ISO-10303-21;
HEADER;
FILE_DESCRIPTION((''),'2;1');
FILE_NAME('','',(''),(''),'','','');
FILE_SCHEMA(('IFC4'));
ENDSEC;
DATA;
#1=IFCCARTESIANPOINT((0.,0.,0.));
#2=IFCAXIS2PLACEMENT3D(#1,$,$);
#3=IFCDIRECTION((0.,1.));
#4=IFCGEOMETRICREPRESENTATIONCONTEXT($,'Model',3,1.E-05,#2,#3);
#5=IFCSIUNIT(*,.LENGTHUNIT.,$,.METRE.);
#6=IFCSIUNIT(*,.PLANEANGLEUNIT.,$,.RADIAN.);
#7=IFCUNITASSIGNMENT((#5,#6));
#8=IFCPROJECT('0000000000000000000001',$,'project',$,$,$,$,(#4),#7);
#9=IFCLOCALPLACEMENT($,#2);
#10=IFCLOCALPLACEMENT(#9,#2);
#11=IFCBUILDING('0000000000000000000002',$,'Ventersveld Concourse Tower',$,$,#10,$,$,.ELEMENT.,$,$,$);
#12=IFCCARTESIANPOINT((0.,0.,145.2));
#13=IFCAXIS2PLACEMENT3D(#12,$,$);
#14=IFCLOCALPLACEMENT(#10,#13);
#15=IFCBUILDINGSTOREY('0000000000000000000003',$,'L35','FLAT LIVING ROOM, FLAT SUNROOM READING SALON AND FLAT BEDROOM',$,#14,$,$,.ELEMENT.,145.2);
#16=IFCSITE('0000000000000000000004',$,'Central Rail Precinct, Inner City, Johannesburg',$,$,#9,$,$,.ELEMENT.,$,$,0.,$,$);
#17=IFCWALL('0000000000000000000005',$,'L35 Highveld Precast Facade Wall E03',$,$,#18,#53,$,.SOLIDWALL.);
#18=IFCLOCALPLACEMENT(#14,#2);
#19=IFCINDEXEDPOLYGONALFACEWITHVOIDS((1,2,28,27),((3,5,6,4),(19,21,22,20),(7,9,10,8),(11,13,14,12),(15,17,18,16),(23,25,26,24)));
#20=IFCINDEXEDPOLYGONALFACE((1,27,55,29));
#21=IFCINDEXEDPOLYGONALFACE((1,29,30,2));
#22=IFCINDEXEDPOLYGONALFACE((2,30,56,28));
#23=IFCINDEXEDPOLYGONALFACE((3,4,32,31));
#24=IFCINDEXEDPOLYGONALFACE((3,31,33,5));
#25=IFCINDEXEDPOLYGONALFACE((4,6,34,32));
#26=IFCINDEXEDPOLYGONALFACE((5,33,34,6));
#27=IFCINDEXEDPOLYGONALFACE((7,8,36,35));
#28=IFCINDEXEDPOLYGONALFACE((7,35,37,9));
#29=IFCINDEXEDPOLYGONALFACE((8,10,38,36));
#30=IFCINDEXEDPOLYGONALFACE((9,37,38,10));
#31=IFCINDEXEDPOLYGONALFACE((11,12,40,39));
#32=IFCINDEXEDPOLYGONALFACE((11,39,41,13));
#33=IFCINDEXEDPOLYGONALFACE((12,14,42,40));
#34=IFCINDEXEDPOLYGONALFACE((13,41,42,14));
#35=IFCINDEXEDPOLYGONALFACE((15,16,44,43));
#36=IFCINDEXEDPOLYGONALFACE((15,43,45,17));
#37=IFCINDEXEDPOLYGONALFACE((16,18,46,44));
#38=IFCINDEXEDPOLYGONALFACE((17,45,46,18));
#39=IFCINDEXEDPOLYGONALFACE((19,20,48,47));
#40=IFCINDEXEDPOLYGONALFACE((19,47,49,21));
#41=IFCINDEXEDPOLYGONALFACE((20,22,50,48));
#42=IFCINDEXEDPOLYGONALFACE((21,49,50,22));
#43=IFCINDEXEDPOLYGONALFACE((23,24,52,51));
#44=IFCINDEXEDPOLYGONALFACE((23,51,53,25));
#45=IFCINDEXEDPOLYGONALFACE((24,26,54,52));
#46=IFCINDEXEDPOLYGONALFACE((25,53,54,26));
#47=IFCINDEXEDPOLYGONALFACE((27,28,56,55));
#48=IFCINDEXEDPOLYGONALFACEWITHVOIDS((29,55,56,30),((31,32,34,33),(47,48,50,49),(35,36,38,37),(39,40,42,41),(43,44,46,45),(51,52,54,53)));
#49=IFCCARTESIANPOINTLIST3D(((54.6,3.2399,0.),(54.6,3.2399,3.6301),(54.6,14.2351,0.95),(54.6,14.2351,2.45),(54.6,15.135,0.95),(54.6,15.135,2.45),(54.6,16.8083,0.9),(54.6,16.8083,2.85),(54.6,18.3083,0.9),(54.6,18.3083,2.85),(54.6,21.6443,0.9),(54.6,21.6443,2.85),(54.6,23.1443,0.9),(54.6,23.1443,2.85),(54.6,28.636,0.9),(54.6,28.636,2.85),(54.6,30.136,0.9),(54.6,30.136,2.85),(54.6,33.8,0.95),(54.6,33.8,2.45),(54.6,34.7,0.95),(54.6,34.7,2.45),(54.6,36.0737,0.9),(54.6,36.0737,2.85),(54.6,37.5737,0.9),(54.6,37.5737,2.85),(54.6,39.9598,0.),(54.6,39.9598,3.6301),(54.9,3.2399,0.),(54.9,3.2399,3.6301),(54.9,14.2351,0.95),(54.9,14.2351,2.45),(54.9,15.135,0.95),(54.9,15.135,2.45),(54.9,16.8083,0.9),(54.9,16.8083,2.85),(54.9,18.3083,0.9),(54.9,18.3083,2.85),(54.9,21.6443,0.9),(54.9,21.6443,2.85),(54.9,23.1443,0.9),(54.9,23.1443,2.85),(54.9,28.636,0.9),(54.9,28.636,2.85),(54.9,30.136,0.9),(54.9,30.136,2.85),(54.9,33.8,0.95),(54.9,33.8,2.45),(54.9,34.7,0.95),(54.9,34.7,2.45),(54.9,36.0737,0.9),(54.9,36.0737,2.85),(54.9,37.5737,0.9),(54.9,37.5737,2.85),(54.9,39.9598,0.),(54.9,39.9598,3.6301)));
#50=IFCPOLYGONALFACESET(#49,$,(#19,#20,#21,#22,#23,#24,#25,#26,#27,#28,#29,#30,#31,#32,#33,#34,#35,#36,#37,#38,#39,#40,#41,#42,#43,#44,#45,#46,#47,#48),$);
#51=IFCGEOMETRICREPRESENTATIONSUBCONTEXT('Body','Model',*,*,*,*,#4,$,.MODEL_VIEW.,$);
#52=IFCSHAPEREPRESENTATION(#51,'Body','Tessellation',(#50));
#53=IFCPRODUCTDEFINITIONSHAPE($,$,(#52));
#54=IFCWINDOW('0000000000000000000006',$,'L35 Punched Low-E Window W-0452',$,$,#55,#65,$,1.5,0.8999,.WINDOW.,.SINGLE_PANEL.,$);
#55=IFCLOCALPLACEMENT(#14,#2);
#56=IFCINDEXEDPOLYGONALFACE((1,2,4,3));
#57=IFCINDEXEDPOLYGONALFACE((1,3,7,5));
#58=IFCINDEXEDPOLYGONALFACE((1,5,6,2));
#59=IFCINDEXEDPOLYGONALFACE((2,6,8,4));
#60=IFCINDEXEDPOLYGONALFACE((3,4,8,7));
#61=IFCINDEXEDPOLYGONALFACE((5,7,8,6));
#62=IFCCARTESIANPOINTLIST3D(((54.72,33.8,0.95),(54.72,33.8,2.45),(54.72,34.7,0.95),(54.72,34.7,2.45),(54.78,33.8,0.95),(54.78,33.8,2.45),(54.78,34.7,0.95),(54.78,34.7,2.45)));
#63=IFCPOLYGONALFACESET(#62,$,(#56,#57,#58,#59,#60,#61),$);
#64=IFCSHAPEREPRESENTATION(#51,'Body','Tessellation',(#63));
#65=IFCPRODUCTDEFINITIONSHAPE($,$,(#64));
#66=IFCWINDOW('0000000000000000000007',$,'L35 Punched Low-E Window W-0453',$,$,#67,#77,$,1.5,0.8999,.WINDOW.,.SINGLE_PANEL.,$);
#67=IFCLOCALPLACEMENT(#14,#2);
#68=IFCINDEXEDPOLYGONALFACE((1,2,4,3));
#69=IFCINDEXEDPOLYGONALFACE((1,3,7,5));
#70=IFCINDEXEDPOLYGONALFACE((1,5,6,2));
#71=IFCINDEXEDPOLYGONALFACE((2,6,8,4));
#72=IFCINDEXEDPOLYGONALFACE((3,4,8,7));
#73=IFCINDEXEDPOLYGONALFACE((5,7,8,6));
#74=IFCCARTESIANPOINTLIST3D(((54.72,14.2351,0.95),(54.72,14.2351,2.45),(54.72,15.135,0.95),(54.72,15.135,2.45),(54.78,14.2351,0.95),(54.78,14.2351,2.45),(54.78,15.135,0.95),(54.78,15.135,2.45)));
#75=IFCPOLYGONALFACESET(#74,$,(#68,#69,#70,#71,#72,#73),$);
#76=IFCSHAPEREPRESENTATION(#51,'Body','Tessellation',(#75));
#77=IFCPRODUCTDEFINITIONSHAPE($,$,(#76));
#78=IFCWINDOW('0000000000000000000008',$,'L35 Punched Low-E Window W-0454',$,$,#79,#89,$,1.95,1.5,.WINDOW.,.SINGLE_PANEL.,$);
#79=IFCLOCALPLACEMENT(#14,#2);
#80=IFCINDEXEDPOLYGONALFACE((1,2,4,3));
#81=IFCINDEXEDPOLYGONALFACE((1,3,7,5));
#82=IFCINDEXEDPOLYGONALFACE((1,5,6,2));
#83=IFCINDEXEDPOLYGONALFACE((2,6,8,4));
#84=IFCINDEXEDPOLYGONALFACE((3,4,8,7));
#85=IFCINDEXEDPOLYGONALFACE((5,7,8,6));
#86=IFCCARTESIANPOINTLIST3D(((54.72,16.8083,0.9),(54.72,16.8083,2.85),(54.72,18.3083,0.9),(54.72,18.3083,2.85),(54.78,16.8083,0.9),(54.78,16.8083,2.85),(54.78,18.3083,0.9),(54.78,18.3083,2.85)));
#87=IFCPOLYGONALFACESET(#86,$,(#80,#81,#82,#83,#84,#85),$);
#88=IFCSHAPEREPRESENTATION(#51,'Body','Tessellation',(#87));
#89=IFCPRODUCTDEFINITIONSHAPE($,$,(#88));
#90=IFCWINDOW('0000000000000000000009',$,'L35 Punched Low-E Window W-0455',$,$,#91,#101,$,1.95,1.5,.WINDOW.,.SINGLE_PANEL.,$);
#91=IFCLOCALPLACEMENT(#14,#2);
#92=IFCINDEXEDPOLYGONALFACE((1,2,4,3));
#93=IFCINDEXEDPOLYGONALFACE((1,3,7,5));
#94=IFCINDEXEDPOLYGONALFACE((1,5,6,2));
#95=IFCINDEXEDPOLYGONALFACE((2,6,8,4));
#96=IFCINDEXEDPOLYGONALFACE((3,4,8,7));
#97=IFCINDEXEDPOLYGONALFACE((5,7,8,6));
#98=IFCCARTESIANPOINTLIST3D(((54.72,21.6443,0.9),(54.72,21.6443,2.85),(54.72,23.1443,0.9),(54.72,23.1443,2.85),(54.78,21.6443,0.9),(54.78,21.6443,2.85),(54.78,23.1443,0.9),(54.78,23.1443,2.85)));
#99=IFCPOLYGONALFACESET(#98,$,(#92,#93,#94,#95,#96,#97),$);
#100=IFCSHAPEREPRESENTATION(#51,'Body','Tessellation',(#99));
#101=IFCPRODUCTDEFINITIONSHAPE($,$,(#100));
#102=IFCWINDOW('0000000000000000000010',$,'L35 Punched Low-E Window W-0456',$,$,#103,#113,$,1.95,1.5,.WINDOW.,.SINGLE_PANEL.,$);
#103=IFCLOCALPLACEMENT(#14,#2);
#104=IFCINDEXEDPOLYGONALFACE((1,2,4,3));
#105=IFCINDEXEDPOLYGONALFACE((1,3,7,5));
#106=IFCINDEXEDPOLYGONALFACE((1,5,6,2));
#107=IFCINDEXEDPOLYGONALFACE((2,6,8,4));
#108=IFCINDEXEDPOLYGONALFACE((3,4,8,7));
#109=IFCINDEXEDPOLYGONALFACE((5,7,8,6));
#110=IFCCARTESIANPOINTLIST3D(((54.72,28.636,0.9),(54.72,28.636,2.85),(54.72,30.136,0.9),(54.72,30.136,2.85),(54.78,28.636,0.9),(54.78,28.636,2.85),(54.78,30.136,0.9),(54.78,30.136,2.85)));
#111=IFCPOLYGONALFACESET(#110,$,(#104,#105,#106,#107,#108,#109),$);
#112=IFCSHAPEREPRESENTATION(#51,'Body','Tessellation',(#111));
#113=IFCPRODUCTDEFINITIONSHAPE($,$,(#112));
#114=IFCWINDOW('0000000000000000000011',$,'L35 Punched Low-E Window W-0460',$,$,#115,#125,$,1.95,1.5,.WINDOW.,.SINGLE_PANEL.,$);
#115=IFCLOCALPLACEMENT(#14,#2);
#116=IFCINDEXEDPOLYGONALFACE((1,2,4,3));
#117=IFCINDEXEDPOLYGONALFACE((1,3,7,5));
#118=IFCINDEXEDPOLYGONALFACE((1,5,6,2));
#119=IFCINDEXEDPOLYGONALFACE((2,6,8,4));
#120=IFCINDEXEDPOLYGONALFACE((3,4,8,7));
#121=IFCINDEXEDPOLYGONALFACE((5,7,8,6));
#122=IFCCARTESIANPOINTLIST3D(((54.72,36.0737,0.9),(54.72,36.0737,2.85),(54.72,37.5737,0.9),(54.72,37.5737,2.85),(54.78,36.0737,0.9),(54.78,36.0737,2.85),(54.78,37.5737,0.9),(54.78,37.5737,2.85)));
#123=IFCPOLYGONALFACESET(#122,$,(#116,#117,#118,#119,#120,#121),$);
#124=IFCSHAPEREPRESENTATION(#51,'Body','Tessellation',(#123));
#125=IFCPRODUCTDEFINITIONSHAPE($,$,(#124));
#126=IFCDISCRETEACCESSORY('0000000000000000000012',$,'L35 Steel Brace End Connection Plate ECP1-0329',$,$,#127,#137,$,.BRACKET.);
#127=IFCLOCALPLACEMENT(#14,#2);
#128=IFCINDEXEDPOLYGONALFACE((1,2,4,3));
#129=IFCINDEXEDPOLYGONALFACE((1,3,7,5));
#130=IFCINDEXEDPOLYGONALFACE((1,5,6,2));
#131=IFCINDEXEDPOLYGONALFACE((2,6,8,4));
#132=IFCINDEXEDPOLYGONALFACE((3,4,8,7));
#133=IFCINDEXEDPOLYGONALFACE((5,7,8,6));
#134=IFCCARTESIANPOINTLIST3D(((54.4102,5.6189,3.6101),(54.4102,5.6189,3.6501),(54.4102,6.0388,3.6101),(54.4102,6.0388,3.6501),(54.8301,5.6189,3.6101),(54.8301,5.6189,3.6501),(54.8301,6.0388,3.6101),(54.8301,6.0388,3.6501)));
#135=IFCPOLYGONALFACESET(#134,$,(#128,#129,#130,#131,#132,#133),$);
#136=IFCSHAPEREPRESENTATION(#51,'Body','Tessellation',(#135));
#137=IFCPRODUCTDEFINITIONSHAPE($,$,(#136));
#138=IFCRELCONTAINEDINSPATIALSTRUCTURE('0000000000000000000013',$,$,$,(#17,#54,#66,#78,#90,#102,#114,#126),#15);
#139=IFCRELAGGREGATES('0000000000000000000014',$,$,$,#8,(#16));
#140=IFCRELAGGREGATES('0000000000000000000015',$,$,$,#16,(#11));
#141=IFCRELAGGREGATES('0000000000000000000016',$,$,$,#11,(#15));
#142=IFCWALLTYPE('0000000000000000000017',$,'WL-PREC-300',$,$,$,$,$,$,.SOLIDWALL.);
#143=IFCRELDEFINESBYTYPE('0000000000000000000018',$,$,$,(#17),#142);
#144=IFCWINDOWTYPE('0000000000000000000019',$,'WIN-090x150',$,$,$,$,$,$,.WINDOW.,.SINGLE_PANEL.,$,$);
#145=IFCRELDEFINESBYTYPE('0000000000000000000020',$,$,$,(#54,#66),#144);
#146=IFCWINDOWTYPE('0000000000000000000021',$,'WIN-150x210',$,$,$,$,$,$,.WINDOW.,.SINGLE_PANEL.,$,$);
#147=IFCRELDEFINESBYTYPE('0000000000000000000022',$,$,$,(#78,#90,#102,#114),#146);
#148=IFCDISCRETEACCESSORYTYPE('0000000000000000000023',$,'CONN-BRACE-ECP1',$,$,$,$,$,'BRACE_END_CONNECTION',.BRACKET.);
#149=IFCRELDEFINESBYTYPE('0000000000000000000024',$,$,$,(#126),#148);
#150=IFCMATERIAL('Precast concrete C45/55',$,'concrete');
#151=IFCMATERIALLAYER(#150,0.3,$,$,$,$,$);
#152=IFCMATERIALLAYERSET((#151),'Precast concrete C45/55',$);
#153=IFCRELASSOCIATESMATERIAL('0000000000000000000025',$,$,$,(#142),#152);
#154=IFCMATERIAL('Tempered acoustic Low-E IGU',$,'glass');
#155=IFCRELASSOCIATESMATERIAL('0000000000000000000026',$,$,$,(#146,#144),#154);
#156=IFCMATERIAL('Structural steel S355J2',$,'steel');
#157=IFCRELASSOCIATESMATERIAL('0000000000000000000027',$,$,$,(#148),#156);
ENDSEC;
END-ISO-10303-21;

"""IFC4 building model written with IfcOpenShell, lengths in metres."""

from ifc_helpers import new_model, si_unit, direction, frame, frame_2d, origin, origin_2d, place, context, subcontext, project, spatial, rectangle, extrude, material, layer, layer_set, type_object, element, fill, save


model = new_model("IFC4")

# Units and contexts
model_context = context("Model", 3, precision=1e-05, world=origin(), true_north=direction((0.0, 1.0)))
body_context = subcontext(model_context, "Body", "Model", "MODEL_VIEW")
ifc_project = project(units=[si_unit("LENGTHUNIT", "METRE"), si_unit("PLANEANGLEUNIT", "RADIAN")], contexts=[model_context])

# Site, building, storey
site_placement = place(None, origin())
site = spatial("IfcSite", under=ifc_project, at=site_placement, Name="Central Rail Precinct, Inner City, Johannesburg", CompositionType="ELEMENT", RefElevation=0.0)
building_placement = place(site_placement, origin())
building = spatial("IfcBuilding", under=site, at=building_placement, Name="Ventersveld Concourse Tower", CompositionType="ELEMENT")
storey_placement = place(building_placement, frame((0.0, 0.0, 145.2)))
storey = spatial("IfcBuildingStorey", under=building, at=storey_placement, Name="L35", Description="FLAT LIVING ROOM, FLAT SUNROOM READING SALON AND FLAT BEDROOM", CompositionType="ELEMENT", Elevation=145.2)

# Shared definitions
ifc_material_1 = material(Name="Structural steel S355J2", Category="steel")

# Shared definitions
ifc_material_2 = material(Name="Precast concrete C45/55", Category="concrete")
ifc_layer_1 = layer(ifc_material_2, 0.3)
ifc_layer_set_1 = layer_set([ifc_layer_1], Name="Precast concrete C45/55")
wall_type_1 = type_object("IfcWallType", Name="WL-PREC-300", PredefinedType="SOLIDWALL", material=ifc_layer_set_1)
ifc_material_3 = material(Name="Tempered acoustic Low-E IGU", Category="glass")
window_type_1 = type_object("IfcWindowType", Name="WIN-150x210", PartitioningType="SINGLE_PANEL", PredefinedType="WINDOW", material=ifc_material_3)

# Wall, openings, windows
wall_1_placement = place(storey_placement, frame((54.75, 3.24, 0.0), z_axis=(0.0, 0.0, 1.0), x_axis=(0.0, 1.0, 0.0)))
wall_1 = element("IfcWall", 1, at=wall_1_placement, inside=storey, type_object=wall_type_1, Name="L35 Highveld Precast Facade Wall E03", PredefinedType="SOLIDWALL", context=body_context, shape_type="SweptSolid", body=[
    extrude(rectangle(XDim=36.72, YDim=0.3, at=frame_2d((18.3599, 0.0))), origin(), (0.0, 0.0, 1.0), 3.6301),
])
opening_1_placement = place(wall_1_placement, frame((30.5601, 0.0, 0.95)))
opening_1 = element("IfcOpeningElement", 2, at=opening_1_placement, cuts=wall_1, PredefinedType="OPENING", context=body_context, shape_type="SweptSolid", body=[
    extrude(rectangle(XDim=0.8999, YDim=1.5, at=frame_2d((0.45, 0.75))), frame((0.0, 0.1602, 0.0), z_axis=(0.0, -1.0, 0.0), x_axis=(1.0, 0.0, 0.0)), (0.0, 0.0, 1.0), 0.3201),
])
opening_2_placement = place(wall_1_placement, frame((10.9951, 0.0, 0.95)))
opening_2 = element("IfcOpeningElement", 3, at=opening_2_placement, cuts=wall_1, PredefinedType="OPENING", context=body_context, shape_type="SweptSolid", body=[
    extrude(rectangle(XDim=0.8999, YDim=1.5, at=frame_2d((0.45, 0.75))), frame((0.0, 0.1602, 0.0), z_axis=(0.0, -1.0, 0.0), x_axis=(1.0, 0.0, 0.0)), (0.0, 0.0, 1.0), 0.3201),
])
opening_3_placement = place(wall_1_placement, frame((13.5684, 0.0, 0.8999)))
opening_3 = element("IfcOpeningElement", 4, at=opening_3_placement, cuts=wall_1, PredefinedType="OPENING", context=body_context, shape_type="SweptSolid", body=[
    extrude(rectangle(XDim=1.5, YDim=1.95, at=frame_2d((0.75, 0.9751))), frame((0.0, 0.1602, 0.0), z_axis=(0.0, -1.0, 0.0), x_axis=(1.0, 0.0, 0.0)), (0.0, 0.0, 1.0), 0.3201),
])
opening_4_placement = place(wall_1_placement, frame((18.4043, 0.0, 0.8999)))
opening_4 = element("IfcOpeningElement", 5, at=opening_4_placement, cuts=wall_1, PredefinedType="OPENING", context=body_context, shape_type="SweptSolid", body=[
    extrude(rectangle(XDim=1.5, YDim=1.95, at=frame_2d((0.75, 0.9751))), frame((0.0, 0.1602, 0.0), z_axis=(0.0, -1.0, 0.0), x_axis=(1.0, 0.0, 0.0)), (0.0, 0.0, 1.0), 0.3201),
])
opening_5_placement = place(wall_1_placement, frame((25.396, 0.0, 0.8999)))
opening_5 = element("IfcOpeningElement", 6, at=opening_5_placement, cuts=wall_1, PredefinedType="OPENING", context=body_context, shape_type="SweptSolid", body=[
    extrude(rectangle(XDim=1.5, YDim=1.95, at=frame_2d((0.75, 0.9751))), frame((0.0, 0.1602, 0.0), z_axis=(0.0, -1.0, 0.0), x_axis=(1.0, 0.0, 0.0)), (0.0, 0.0, 1.0), 0.3201),
])
opening_6_placement = place(wall_1_placement, frame((32.8337, 0.0, 0.8999)))
opening_6 = element("IfcOpeningElement", 7, at=opening_6_placement, cuts=wall_1, PredefinedType="OPENING", context=body_context, shape_type="SweptSolid", body=[
    extrude(rectangle(XDim=1.5, YDim=1.95, at=frame_2d((0.75, 0.9751))), frame((0.0, 0.1602, 0.0), z_axis=(0.0, -1.0, 0.0), x_axis=(1.0, 0.0, 0.0)), (0.0, 0.0, 1.0), 0.3201),
])
window_type_2 = type_object("IfcWindowType", Name="WIN-090x150", PartitioningType="SINGLE_PANEL", PredefinedType="WINDOW", material=ifc_material_3)
window_1_placement = place(opening_1_placement, origin())
window_1 = element("IfcWindow", 8, at=window_1_placement, inside=storey, type_object=window_type_2, Name="L35 Punched Low-E Window W-0452", OverallHeight=1.5, OverallWidth=0.8999, PartitioningType="SINGLE_PANEL", PredefinedType="WINDOW", context=body_context, shape_type="SweptSolid", body=[
    extrude(rectangle(XDim=0.8999, YDim=1.5, at=frame_2d((0.45, 0.75))), frame((0.0, 0.03, 0.0), z_axis=(0.0, -1.0, 0.0), x_axis=(1.0, 0.0, 0.0)), (0.0, 0.0, 1.0), 0.0601),
])
fill(opening_1, window_1)
window_2_placement = place(opening_2_placement, origin())
window_2 = element("IfcWindow", 9, at=window_2_placement, inside=storey, type_object=window_type_2, Name="L35 Punched Low-E Window W-0453", OverallHeight=1.5, OverallWidth=0.8999, PartitioningType="SINGLE_PANEL", PredefinedType="WINDOW", context=body_context, shape_type="SweptSolid", body=[
    extrude(rectangle(XDim=0.8999, YDim=1.5, at=frame_2d((0.45, 0.75))), frame((0.0, 0.03, 0.0), z_axis=(0.0, -1.0, 0.0), x_axis=(1.0, 0.0, 0.0)), (0.0, 0.0, 1.0), 0.0601),
])
fill(opening_2, window_2)
window_3_placement = place(opening_3_placement, origin())
window_3 = element("IfcWindow", 10, at=window_3_placement, inside=storey, type_object=window_type_1, Name="L35 Punched Low-E Window W-0454", OverallHeight=1.95, OverallWidth=1.5, PartitioningType="SINGLE_PANEL", PredefinedType="WINDOW", context=body_context, shape_type="SweptSolid", body=[
    extrude(rectangle(XDim=1.5, YDim=1.95, at=frame_2d((0.75, 0.9751))), frame((0.0, 0.03, 0.0), z_axis=(0.0, -1.0, 0.0), x_axis=(1.0, 0.0, 0.0)), (0.0, 0.0, 1.0), 0.0601),
])
fill(opening_3, window_3)
window_4_placement = place(opening_4_placement, origin())
window_4 = element("IfcWindow", 11, at=window_4_placement, inside=storey, type_object=window_type_1, Name="L35 Punched Low-E Window W-0455", OverallHeight=1.95, OverallWidth=1.5, PartitioningType="SINGLE_PANEL", PredefinedType="WINDOW", context=body_context, shape_type="SweptSolid", body=[
    extrude(rectangle(XDim=1.5, YDim=1.95, at=frame_2d((0.75, 0.9751))), frame((0.0, 0.03, 0.0), z_axis=(0.0, -1.0, 0.0), x_axis=(1.0, 0.0, 0.0)), (0.0, 0.0, 1.0), 0.0601),
])
fill(opening_4, window_4)
window_5_placement = place(opening_5_placement, origin())
window_5 = element("IfcWindow", 12, at=window_5_placement, inside=storey, type_object=window_type_1, Name="L35 Punched Low-E Window W-0456", OverallHeight=1.95, OverallWidth=1.5, PartitioningType="SINGLE_PANEL", PredefinedType="WINDOW", context=body_context, shape_type="SweptSolid", body=[
    extrude(rectangle(XDim=1.5, YDim=1.95, at=frame_2d((0.75, 0.9751))), frame((0.0, 0.03, 0.0), z_axis=(0.0, -1.0, 0.0), x_axis=(1.0, 0.0, 0.0)), (0.0, 0.0, 1.0), 0.0601),
])
fill(opening_5, window_5)
window_6_placement = place(opening_6_placement, origin())
window_6 = element("IfcWindow", 13, at=window_6_placement, inside=storey, type_object=window_type_1, Name="L35 Punched Low-E Window W-0460", OverallHeight=1.95, OverallWidth=1.5, PartitioningType="SINGLE_PANEL", PredefinedType="WINDOW", context=body_context, shape_type="SweptSolid", body=[
    extrude(rectangle(XDim=1.5, YDim=1.95, at=frame_2d((0.75, 0.9751))), frame((0.0, 0.03, 0.0), z_axis=(0.0, -1.0, 0.0), x_axis=(1.0, 0.0, 0.0)), (0.0, 0.0, 1.0), 0.0601),
])
fill(opening_6, window_6)

# Discrete accessory
discrete_accessory_type = type_object("IfcDiscreteAccessoryType", Name="CONN-BRACE-ECP1", ElementType="BRACE_END_CONNECTION", PredefinedType="BRACKET", material=ifc_material_1)
discrete_accessory_placement = place(storey_placement, frame((54.6201, 5.8289, 3.6101), z_axis=(0.0, 0.0, 1.0), x_axis=(1.0, 0.0, 0.0)))
element("IfcDiscreteAccessory", 14, at=discrete_accessory_placement, inside=storey, type_object=discrete_accessory_type, Name="L35 Steel Brace End Connection Plate ECP1-0329", PredefinedType="BRACKET", context=body_context, shape_type="SweptSolid", body=[
    extrude(rectangle(XDim=0.4199, YDim=0.4199, at=origin_2d()), origin(), (0.0, 0.0, 1.0), 0.04),
])

save(model, "model.ifc")
